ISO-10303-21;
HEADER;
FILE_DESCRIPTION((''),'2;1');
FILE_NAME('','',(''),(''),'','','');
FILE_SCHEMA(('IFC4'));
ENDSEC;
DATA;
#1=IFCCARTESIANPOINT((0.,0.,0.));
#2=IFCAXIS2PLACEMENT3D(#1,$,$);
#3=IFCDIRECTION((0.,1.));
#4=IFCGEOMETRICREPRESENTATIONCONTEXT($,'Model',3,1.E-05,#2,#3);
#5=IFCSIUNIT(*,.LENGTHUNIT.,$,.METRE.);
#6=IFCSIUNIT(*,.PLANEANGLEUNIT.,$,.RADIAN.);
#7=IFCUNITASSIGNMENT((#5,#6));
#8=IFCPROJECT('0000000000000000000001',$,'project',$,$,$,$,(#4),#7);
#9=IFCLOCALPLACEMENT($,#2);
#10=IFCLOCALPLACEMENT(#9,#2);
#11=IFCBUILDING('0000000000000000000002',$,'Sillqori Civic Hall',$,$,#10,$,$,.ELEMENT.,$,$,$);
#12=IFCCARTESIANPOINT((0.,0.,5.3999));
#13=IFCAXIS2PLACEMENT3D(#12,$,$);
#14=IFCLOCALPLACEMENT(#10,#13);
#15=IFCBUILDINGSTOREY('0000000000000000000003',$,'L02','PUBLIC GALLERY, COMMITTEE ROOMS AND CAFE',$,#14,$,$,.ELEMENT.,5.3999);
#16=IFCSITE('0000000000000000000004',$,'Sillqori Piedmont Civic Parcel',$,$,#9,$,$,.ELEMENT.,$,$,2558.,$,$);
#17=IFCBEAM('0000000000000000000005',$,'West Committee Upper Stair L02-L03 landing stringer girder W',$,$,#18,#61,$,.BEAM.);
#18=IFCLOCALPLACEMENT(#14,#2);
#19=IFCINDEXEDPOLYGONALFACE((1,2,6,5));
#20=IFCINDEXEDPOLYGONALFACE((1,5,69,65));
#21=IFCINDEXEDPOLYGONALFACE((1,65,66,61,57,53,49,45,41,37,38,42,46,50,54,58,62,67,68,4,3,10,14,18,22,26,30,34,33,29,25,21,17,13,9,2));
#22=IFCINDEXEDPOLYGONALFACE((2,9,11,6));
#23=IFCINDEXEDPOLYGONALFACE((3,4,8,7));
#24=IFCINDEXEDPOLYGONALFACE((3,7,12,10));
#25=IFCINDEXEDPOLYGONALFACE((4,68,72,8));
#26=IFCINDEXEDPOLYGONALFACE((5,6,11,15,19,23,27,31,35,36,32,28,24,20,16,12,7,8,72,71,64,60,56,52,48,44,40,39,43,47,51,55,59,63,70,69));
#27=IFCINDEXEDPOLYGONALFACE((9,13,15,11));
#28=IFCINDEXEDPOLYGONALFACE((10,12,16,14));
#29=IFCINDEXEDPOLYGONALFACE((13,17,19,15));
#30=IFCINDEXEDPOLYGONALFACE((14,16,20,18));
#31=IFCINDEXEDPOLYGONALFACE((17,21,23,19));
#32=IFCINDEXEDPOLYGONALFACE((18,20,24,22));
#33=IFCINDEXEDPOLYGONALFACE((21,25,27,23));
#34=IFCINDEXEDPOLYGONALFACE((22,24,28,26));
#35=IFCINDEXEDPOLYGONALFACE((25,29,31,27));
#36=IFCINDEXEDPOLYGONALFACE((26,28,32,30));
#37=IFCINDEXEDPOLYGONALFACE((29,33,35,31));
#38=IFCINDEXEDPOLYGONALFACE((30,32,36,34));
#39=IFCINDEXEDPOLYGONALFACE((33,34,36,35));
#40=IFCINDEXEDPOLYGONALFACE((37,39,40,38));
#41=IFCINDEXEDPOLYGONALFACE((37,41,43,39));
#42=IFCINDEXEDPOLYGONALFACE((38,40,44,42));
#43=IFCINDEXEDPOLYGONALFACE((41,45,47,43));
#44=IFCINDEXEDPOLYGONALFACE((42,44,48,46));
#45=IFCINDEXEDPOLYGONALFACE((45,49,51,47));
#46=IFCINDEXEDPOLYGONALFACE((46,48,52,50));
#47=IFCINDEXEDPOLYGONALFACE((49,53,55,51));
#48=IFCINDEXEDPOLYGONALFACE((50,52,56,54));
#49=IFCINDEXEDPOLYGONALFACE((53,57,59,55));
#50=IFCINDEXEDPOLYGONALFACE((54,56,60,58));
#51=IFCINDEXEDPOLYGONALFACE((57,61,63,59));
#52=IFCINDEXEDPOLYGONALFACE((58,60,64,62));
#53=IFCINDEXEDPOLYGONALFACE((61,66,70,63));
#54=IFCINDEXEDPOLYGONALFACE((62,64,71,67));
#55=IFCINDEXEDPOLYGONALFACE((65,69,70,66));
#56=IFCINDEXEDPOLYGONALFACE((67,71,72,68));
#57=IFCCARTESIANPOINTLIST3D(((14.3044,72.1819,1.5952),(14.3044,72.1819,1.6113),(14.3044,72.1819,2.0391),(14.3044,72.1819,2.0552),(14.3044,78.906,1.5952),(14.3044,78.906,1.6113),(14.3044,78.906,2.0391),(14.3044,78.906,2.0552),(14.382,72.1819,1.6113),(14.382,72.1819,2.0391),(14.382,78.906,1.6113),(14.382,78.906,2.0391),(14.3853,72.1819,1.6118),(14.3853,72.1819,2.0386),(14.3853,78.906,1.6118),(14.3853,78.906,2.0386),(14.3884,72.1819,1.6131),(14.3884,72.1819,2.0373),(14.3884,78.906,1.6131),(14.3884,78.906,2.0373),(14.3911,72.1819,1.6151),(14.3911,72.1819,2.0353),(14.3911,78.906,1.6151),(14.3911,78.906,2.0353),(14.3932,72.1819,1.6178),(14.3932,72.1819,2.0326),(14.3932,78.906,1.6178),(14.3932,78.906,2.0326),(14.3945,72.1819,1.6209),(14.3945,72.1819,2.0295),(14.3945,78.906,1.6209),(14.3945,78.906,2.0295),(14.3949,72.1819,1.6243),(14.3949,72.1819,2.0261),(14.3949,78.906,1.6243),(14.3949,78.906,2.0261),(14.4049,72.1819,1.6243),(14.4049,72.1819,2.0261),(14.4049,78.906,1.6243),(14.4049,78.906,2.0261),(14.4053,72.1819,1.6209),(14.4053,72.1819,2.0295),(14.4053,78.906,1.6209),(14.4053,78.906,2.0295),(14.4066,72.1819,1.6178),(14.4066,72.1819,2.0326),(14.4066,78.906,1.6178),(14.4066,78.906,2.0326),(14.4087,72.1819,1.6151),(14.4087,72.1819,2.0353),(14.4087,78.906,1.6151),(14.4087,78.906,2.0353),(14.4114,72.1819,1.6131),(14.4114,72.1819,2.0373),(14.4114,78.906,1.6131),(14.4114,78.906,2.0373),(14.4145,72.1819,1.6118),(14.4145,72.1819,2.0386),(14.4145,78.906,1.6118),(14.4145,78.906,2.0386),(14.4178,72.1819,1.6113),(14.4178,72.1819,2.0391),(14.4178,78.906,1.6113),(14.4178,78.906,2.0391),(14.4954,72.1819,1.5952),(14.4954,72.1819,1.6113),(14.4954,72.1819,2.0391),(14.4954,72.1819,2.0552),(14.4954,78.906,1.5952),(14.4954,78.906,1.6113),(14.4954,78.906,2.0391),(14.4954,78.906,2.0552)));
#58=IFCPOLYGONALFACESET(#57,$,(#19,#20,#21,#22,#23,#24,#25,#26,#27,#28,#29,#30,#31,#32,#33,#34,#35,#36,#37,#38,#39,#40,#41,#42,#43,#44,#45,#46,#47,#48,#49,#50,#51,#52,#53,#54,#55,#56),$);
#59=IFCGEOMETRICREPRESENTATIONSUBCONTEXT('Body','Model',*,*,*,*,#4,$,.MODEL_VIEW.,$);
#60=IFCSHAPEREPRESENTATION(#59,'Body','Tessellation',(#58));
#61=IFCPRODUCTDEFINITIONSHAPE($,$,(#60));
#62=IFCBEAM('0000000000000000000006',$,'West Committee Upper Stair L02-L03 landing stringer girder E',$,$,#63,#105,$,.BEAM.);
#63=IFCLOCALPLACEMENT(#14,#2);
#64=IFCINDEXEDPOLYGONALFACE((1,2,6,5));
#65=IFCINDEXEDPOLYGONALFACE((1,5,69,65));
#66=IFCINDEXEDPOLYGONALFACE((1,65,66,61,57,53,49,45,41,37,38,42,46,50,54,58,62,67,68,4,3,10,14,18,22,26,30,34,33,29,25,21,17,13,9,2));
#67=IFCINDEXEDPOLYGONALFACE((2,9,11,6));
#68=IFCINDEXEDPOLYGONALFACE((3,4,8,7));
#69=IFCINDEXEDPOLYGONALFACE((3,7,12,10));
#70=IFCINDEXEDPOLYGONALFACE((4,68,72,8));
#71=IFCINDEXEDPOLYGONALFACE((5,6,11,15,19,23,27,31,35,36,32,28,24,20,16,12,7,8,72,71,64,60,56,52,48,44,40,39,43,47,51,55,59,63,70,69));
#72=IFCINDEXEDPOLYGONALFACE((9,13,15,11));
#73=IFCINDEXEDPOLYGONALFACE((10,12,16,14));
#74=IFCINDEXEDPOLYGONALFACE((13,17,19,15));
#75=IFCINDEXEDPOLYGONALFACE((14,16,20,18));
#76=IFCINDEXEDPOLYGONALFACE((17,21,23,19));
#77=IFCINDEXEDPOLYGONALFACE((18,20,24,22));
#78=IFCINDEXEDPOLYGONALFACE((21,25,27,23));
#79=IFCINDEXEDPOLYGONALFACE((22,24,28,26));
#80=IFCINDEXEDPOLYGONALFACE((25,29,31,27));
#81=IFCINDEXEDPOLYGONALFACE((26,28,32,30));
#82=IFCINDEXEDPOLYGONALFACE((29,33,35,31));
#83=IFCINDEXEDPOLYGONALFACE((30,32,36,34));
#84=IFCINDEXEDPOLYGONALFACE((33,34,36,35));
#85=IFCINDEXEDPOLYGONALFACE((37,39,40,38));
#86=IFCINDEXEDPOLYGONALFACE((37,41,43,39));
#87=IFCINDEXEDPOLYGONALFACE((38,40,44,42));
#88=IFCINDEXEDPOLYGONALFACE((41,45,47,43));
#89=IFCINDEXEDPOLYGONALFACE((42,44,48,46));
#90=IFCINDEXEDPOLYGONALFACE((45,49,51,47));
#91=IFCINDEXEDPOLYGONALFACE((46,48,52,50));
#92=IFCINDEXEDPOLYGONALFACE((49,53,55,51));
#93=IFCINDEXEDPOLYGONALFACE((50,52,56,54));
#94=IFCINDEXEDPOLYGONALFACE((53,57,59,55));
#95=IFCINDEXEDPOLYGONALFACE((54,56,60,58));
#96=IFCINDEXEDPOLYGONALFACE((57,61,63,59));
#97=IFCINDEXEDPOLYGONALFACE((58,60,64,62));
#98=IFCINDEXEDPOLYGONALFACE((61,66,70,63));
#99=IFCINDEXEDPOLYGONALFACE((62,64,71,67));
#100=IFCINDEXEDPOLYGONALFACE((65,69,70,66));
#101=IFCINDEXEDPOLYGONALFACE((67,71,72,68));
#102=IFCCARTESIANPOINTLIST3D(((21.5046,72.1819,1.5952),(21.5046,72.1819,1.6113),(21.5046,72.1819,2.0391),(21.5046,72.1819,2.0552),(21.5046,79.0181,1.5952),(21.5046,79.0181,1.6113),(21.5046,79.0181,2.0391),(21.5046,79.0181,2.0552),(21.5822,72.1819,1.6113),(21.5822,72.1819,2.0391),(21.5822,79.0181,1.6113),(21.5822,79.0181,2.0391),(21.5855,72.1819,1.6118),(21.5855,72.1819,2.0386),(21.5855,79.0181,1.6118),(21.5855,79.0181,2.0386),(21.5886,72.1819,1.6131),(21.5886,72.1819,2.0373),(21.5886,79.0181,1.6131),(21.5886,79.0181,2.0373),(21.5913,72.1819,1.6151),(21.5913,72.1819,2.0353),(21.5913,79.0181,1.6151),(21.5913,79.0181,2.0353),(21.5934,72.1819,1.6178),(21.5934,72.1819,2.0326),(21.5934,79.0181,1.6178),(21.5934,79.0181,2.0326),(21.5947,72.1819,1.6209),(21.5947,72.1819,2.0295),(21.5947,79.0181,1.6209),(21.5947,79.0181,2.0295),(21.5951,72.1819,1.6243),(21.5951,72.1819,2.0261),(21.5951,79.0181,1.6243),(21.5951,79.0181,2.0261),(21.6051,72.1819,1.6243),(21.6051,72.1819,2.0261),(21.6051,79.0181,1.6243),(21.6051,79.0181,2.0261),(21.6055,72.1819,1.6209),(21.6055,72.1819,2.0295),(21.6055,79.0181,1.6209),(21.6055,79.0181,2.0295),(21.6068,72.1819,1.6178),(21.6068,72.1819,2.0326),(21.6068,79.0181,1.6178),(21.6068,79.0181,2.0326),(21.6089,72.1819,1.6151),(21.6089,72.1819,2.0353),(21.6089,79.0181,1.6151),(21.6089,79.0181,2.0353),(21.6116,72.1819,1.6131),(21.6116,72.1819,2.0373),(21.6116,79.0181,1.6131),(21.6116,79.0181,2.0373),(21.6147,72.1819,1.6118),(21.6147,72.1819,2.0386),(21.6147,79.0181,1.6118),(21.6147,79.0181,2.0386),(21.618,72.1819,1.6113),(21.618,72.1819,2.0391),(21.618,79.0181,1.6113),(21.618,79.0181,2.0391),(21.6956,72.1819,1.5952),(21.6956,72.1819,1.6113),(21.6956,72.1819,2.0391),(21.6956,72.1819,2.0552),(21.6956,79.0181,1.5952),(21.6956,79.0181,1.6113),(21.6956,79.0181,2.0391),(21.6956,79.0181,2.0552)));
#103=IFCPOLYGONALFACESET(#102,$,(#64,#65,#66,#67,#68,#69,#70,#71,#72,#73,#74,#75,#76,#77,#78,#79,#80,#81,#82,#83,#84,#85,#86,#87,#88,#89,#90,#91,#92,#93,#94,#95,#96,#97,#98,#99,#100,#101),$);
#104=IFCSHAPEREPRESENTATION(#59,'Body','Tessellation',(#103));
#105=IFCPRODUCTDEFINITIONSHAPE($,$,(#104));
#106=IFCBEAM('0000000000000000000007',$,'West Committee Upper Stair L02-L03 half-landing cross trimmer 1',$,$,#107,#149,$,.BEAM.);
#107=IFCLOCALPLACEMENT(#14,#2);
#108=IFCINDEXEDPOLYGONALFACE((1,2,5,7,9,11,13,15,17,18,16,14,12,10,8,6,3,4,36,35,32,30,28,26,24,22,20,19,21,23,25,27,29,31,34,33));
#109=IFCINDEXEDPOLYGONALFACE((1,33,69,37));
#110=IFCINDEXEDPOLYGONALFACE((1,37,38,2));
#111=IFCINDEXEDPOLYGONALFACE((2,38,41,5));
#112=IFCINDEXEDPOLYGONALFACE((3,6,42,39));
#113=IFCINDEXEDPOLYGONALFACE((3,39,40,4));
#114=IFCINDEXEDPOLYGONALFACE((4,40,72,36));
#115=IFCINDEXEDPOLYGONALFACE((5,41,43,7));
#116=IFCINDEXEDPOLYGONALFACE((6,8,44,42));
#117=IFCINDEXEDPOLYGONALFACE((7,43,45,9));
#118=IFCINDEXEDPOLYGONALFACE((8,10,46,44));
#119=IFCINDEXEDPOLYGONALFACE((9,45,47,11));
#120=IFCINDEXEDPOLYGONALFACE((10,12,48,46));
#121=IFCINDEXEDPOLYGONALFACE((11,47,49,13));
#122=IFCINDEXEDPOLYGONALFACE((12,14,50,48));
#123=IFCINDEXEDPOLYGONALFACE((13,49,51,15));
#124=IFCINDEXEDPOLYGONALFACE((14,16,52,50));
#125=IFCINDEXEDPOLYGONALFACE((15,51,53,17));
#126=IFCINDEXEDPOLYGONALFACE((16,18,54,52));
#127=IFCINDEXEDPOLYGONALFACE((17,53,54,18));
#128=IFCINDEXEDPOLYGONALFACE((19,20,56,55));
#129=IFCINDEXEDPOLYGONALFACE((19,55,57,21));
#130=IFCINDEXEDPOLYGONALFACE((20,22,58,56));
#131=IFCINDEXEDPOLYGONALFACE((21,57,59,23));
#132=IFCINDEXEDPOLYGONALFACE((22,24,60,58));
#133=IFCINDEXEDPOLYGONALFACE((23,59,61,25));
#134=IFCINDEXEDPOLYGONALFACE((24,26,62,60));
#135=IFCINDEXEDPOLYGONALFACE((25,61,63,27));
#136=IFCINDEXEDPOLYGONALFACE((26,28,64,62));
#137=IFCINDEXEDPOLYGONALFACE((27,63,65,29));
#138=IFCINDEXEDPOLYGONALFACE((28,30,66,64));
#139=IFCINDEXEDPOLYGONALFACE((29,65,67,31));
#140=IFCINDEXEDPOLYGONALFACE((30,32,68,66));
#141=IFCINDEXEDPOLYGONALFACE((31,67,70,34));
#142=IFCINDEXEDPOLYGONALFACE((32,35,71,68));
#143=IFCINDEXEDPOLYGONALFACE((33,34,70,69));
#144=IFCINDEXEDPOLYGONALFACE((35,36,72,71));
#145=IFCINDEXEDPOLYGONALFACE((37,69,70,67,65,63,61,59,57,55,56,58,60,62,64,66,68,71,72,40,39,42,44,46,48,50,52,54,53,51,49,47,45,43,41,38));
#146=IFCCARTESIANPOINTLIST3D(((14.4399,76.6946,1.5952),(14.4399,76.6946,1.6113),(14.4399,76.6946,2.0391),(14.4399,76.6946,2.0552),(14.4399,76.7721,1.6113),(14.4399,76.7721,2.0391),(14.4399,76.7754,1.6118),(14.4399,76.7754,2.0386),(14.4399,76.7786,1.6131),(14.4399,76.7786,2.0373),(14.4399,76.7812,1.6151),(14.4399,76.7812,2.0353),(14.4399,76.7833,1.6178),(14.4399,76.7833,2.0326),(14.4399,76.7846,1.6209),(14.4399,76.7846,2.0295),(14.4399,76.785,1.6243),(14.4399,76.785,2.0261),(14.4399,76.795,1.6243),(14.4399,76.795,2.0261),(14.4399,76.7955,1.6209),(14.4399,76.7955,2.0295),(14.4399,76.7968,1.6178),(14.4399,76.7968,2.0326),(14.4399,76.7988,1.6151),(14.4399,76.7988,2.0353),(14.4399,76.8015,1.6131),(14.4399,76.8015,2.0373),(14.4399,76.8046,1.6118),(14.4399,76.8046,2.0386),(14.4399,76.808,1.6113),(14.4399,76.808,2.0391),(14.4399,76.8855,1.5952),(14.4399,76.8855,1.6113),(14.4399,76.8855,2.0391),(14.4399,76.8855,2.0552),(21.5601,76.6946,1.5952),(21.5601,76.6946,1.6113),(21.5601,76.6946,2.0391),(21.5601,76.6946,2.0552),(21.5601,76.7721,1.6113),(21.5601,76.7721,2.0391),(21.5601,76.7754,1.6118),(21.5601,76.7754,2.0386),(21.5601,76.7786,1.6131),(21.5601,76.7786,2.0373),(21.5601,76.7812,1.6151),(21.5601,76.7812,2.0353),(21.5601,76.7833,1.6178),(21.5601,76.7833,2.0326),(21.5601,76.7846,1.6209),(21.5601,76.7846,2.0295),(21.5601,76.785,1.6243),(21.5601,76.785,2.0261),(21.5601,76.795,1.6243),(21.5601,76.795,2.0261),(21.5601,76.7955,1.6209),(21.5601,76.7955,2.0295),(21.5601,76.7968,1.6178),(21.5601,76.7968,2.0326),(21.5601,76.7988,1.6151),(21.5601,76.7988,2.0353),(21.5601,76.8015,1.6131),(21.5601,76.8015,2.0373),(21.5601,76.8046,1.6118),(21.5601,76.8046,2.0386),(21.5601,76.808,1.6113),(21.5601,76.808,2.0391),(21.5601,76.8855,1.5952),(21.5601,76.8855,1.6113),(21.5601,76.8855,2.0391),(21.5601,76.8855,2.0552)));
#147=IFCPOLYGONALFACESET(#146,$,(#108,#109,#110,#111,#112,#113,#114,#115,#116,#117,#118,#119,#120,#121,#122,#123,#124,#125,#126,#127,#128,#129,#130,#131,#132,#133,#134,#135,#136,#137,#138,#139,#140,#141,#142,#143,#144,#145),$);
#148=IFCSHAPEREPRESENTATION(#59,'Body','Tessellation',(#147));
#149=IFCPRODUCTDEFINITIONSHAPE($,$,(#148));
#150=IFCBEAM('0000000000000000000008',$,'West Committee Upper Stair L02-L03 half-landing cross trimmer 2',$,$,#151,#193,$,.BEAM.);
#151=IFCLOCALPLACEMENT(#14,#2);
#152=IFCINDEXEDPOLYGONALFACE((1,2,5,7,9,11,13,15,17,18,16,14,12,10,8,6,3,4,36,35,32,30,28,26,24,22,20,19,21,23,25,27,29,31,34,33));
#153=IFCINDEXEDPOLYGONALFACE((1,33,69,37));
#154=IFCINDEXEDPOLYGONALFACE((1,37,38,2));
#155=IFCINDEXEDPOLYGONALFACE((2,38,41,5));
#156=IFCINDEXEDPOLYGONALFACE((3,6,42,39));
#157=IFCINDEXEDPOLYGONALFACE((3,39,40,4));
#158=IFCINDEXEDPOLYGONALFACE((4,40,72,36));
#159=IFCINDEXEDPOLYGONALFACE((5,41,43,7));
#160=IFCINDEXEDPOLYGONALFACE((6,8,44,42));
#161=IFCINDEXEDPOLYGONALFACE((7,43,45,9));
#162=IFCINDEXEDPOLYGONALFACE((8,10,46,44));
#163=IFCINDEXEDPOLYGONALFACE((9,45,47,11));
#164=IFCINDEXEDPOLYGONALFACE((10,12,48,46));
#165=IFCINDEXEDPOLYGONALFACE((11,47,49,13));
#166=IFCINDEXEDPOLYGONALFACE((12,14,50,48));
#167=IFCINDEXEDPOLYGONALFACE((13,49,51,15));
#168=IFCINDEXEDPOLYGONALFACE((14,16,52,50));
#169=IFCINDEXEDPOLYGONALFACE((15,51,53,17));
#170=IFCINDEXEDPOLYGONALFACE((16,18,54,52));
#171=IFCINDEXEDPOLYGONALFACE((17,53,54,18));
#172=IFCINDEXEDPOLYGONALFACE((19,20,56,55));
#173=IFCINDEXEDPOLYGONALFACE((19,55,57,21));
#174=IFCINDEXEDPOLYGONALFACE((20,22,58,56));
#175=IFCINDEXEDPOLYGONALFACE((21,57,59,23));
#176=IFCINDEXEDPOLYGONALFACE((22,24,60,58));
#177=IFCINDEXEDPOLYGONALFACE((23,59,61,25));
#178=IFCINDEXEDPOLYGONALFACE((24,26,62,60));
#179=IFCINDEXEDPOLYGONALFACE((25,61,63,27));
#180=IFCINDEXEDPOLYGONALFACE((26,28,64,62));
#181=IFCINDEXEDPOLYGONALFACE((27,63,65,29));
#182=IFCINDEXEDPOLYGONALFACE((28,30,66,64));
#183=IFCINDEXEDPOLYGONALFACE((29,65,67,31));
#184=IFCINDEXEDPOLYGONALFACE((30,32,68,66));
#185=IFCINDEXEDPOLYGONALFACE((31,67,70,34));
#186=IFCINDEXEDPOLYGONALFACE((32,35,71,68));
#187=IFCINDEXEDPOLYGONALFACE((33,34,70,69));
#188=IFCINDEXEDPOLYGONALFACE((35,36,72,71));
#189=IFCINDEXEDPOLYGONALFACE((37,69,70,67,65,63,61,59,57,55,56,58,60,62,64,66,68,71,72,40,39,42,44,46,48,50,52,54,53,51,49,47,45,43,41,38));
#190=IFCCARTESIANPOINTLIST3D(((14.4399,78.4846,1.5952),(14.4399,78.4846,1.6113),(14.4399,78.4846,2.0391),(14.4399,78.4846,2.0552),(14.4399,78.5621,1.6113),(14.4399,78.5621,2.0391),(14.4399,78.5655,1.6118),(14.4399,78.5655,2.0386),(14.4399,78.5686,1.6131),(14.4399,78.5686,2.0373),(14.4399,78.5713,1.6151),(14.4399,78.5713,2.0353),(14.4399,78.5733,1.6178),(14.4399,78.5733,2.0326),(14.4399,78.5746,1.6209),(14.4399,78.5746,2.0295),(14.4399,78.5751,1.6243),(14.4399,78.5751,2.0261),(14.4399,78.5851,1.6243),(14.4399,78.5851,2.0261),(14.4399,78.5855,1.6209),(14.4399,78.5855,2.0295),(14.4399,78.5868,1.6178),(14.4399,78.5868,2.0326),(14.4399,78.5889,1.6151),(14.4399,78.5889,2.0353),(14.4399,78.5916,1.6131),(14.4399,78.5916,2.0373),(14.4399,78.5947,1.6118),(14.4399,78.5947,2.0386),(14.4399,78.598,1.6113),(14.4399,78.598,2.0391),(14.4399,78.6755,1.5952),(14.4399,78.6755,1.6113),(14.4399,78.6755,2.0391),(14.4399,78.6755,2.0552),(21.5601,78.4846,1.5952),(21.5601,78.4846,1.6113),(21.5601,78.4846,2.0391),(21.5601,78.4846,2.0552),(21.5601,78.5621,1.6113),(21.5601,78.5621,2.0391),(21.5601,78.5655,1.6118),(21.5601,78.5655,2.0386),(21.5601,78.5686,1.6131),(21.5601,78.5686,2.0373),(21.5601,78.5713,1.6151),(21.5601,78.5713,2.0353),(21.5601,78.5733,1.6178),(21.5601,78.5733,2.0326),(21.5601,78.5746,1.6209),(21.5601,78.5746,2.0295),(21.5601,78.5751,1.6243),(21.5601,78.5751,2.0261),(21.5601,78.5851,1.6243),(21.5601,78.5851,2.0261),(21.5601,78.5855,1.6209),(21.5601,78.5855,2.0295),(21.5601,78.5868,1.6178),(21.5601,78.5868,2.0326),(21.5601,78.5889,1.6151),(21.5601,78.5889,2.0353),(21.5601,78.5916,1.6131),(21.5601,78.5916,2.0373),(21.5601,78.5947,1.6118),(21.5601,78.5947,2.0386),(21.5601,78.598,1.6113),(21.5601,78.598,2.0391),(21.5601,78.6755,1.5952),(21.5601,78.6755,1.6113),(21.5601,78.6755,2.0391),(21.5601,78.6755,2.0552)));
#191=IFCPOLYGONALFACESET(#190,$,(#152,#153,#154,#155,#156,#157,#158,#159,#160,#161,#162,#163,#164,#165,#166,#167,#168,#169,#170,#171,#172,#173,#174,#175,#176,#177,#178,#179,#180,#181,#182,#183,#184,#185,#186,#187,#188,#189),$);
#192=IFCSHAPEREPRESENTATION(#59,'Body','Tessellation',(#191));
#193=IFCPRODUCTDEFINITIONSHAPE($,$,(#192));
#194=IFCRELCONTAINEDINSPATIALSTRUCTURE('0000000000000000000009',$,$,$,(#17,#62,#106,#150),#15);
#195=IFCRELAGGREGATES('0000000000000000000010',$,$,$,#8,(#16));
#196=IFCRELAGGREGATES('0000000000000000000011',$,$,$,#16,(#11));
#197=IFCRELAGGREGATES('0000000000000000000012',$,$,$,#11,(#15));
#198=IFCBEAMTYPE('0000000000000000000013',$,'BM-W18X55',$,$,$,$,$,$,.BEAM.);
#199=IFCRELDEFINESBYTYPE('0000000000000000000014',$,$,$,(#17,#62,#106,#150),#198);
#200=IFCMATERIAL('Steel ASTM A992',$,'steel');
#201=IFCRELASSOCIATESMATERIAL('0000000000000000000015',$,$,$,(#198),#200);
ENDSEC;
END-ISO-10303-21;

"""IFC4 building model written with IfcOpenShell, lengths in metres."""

from ifc_helpers import new_model, si_unit, direction, frame, origin, origin_2d, place, context, subcontext, project, spatial, i_section, extrude, material, material_profile, profile_set, type_object, element, save


model = new_model("IFC4")

# Units and contexts
model_context = context("Model", 3, precision=1e-05, world=origin(), true_north=direction((0.0, 1.0)))
body_context = subcontext(model_context, "Body", "Model", "MODEL_VIEW")
ifc_project = project(units=[si_unit("LENGTHUNIT", "METRE"), si_unit("PLANEANGLEUNIT", "RADIAN")], contexts=[model_context])

# Site, building, storey
site_placement = place(None, origin())
site = spatial("IfcSite", under=ifc_project, at=site_placement, Name="Sillqori Piedmont Civic Parcel", CompositionType="ELEMENT", RefElevation=2558.0)
building_placement = place(site_placement, origin())
building = spatial("IfcBuilding", under=site, at=building_placement, Name="Sillqori Civic Hall", CompositionType="ELEMENT")
storey_placement = place(building_placement, frame((0.0, 0.0, 5.3999)))
storey = spatial("IfcBuildingStorey", under=building, at=storey_placement, Name="L02", Description="PUBLIC GALLERY, COMMITTEE ROOMS AND CAFE", CompositionType="ELEMENT", Elevation=5.3999)

# Shared definitions
ifc_material_1 = material(Name="Steel ASTM A992", Category="steel")

# Beams
ifc_material_profile_1 = material_profile(ifc_material_1, i_section(OverallWidth=0.1909, OverallDepth=0.46, WebThickness=0.01, FlangeThickness=0.0161, FilletRadius=0.0129, at=origin_2d()), Name="W18X55")
ifc_profile_set_1 = profile_set([ifc_material_profile_1], Name="Steel ASTM A992")
beam_type_1 = type_object("IfcBeamType", Name="BM-W18X55", PredefinedType="BEAM", material=ifc_profile_set_1)
beam_1_placement = place(storey_placement, frame((14.3999, 72.1819, 1.8252), z_axis=(0.0, 1.0, 0.0), x_axis=(-1.0, 0.0, 0.0)))
element("IfcBeam", 1, at=beam_1_placement, inside=storey, type_object=beam_type_1, Name="West Committee Upper Stair L02-L03 landing stringer girder W", PredefinedType="BEAM", context=body_context, shape_type="SweptSolid", body=[
    extrude(i_section(OverallWidth=0.1909, OverallDepth=0.46, WebThickness=0.01, FlangeThickness=0.0161, FilletRadius=0.0129, at=origin_2d()), origin(), (0.0, 0.0, 1.0), 6.7241),
])
beam_2_placement = place(storey_placement, frame((21.6001, 72.1819, 1.8252), z_axis=(0.0, 1.0, 0.0), x_axis=(-1.0, 0.0, 0.0)))
element("IfcBeam", 2, at=beam_2_placement, inside=storey, type_object=beam_type_1, Name="West Committee Upper Stair L02-L03 landing stringer girder E", PredefinedType="BEAM", context=body_context, shape_type="SweptSolid", body=[
    extrude(i_section(OverallWidth=0.1909, OverallDepth=0.46, WebThickness=0.01, FlangeThickness=0.0161, FilletRadius=0.0129, at=origin_2d()), origin(), (0.0, 0.0, 1.0), 6.8362),
])
for number, where, z_axis, x_axis, name in (
    (3, (14.4399, 76.79, 1.8252), (1.0, 0.0, 0.0), (0.0, 1.0, 0.0), "West Committee Upper Stair L02-L03 half-landing cross trimmer 1"),
    (4, (14.4399, 78.5801, 1.8252), (1.0, 0.0, 0.0), (0.0, 1.0, 0.0), "West Committee Upper Stair L02-L03 half-landing cross trimmer 2"),
):
    element("IfcBeam", number, at=place(storey_placement, frame(where, z_axis=z_axis, x_axis=x_axis)), inside=storey, type_object=beam_type_1, Name=name, PredefinedType="BEAM", context=body_context, shape_type="SweptSolid", body=[
        extrude(i_section(OverallWidth=0.1909, OverallDepth=0.46, WebThickness=0.01, FlangeThickness=0.0161, FilletRadius=0.0129, at=origin_2d()), origin(), (0.0, 0.0, 1.0), 7.1201),
    ])

save(model, "model.ifc")
